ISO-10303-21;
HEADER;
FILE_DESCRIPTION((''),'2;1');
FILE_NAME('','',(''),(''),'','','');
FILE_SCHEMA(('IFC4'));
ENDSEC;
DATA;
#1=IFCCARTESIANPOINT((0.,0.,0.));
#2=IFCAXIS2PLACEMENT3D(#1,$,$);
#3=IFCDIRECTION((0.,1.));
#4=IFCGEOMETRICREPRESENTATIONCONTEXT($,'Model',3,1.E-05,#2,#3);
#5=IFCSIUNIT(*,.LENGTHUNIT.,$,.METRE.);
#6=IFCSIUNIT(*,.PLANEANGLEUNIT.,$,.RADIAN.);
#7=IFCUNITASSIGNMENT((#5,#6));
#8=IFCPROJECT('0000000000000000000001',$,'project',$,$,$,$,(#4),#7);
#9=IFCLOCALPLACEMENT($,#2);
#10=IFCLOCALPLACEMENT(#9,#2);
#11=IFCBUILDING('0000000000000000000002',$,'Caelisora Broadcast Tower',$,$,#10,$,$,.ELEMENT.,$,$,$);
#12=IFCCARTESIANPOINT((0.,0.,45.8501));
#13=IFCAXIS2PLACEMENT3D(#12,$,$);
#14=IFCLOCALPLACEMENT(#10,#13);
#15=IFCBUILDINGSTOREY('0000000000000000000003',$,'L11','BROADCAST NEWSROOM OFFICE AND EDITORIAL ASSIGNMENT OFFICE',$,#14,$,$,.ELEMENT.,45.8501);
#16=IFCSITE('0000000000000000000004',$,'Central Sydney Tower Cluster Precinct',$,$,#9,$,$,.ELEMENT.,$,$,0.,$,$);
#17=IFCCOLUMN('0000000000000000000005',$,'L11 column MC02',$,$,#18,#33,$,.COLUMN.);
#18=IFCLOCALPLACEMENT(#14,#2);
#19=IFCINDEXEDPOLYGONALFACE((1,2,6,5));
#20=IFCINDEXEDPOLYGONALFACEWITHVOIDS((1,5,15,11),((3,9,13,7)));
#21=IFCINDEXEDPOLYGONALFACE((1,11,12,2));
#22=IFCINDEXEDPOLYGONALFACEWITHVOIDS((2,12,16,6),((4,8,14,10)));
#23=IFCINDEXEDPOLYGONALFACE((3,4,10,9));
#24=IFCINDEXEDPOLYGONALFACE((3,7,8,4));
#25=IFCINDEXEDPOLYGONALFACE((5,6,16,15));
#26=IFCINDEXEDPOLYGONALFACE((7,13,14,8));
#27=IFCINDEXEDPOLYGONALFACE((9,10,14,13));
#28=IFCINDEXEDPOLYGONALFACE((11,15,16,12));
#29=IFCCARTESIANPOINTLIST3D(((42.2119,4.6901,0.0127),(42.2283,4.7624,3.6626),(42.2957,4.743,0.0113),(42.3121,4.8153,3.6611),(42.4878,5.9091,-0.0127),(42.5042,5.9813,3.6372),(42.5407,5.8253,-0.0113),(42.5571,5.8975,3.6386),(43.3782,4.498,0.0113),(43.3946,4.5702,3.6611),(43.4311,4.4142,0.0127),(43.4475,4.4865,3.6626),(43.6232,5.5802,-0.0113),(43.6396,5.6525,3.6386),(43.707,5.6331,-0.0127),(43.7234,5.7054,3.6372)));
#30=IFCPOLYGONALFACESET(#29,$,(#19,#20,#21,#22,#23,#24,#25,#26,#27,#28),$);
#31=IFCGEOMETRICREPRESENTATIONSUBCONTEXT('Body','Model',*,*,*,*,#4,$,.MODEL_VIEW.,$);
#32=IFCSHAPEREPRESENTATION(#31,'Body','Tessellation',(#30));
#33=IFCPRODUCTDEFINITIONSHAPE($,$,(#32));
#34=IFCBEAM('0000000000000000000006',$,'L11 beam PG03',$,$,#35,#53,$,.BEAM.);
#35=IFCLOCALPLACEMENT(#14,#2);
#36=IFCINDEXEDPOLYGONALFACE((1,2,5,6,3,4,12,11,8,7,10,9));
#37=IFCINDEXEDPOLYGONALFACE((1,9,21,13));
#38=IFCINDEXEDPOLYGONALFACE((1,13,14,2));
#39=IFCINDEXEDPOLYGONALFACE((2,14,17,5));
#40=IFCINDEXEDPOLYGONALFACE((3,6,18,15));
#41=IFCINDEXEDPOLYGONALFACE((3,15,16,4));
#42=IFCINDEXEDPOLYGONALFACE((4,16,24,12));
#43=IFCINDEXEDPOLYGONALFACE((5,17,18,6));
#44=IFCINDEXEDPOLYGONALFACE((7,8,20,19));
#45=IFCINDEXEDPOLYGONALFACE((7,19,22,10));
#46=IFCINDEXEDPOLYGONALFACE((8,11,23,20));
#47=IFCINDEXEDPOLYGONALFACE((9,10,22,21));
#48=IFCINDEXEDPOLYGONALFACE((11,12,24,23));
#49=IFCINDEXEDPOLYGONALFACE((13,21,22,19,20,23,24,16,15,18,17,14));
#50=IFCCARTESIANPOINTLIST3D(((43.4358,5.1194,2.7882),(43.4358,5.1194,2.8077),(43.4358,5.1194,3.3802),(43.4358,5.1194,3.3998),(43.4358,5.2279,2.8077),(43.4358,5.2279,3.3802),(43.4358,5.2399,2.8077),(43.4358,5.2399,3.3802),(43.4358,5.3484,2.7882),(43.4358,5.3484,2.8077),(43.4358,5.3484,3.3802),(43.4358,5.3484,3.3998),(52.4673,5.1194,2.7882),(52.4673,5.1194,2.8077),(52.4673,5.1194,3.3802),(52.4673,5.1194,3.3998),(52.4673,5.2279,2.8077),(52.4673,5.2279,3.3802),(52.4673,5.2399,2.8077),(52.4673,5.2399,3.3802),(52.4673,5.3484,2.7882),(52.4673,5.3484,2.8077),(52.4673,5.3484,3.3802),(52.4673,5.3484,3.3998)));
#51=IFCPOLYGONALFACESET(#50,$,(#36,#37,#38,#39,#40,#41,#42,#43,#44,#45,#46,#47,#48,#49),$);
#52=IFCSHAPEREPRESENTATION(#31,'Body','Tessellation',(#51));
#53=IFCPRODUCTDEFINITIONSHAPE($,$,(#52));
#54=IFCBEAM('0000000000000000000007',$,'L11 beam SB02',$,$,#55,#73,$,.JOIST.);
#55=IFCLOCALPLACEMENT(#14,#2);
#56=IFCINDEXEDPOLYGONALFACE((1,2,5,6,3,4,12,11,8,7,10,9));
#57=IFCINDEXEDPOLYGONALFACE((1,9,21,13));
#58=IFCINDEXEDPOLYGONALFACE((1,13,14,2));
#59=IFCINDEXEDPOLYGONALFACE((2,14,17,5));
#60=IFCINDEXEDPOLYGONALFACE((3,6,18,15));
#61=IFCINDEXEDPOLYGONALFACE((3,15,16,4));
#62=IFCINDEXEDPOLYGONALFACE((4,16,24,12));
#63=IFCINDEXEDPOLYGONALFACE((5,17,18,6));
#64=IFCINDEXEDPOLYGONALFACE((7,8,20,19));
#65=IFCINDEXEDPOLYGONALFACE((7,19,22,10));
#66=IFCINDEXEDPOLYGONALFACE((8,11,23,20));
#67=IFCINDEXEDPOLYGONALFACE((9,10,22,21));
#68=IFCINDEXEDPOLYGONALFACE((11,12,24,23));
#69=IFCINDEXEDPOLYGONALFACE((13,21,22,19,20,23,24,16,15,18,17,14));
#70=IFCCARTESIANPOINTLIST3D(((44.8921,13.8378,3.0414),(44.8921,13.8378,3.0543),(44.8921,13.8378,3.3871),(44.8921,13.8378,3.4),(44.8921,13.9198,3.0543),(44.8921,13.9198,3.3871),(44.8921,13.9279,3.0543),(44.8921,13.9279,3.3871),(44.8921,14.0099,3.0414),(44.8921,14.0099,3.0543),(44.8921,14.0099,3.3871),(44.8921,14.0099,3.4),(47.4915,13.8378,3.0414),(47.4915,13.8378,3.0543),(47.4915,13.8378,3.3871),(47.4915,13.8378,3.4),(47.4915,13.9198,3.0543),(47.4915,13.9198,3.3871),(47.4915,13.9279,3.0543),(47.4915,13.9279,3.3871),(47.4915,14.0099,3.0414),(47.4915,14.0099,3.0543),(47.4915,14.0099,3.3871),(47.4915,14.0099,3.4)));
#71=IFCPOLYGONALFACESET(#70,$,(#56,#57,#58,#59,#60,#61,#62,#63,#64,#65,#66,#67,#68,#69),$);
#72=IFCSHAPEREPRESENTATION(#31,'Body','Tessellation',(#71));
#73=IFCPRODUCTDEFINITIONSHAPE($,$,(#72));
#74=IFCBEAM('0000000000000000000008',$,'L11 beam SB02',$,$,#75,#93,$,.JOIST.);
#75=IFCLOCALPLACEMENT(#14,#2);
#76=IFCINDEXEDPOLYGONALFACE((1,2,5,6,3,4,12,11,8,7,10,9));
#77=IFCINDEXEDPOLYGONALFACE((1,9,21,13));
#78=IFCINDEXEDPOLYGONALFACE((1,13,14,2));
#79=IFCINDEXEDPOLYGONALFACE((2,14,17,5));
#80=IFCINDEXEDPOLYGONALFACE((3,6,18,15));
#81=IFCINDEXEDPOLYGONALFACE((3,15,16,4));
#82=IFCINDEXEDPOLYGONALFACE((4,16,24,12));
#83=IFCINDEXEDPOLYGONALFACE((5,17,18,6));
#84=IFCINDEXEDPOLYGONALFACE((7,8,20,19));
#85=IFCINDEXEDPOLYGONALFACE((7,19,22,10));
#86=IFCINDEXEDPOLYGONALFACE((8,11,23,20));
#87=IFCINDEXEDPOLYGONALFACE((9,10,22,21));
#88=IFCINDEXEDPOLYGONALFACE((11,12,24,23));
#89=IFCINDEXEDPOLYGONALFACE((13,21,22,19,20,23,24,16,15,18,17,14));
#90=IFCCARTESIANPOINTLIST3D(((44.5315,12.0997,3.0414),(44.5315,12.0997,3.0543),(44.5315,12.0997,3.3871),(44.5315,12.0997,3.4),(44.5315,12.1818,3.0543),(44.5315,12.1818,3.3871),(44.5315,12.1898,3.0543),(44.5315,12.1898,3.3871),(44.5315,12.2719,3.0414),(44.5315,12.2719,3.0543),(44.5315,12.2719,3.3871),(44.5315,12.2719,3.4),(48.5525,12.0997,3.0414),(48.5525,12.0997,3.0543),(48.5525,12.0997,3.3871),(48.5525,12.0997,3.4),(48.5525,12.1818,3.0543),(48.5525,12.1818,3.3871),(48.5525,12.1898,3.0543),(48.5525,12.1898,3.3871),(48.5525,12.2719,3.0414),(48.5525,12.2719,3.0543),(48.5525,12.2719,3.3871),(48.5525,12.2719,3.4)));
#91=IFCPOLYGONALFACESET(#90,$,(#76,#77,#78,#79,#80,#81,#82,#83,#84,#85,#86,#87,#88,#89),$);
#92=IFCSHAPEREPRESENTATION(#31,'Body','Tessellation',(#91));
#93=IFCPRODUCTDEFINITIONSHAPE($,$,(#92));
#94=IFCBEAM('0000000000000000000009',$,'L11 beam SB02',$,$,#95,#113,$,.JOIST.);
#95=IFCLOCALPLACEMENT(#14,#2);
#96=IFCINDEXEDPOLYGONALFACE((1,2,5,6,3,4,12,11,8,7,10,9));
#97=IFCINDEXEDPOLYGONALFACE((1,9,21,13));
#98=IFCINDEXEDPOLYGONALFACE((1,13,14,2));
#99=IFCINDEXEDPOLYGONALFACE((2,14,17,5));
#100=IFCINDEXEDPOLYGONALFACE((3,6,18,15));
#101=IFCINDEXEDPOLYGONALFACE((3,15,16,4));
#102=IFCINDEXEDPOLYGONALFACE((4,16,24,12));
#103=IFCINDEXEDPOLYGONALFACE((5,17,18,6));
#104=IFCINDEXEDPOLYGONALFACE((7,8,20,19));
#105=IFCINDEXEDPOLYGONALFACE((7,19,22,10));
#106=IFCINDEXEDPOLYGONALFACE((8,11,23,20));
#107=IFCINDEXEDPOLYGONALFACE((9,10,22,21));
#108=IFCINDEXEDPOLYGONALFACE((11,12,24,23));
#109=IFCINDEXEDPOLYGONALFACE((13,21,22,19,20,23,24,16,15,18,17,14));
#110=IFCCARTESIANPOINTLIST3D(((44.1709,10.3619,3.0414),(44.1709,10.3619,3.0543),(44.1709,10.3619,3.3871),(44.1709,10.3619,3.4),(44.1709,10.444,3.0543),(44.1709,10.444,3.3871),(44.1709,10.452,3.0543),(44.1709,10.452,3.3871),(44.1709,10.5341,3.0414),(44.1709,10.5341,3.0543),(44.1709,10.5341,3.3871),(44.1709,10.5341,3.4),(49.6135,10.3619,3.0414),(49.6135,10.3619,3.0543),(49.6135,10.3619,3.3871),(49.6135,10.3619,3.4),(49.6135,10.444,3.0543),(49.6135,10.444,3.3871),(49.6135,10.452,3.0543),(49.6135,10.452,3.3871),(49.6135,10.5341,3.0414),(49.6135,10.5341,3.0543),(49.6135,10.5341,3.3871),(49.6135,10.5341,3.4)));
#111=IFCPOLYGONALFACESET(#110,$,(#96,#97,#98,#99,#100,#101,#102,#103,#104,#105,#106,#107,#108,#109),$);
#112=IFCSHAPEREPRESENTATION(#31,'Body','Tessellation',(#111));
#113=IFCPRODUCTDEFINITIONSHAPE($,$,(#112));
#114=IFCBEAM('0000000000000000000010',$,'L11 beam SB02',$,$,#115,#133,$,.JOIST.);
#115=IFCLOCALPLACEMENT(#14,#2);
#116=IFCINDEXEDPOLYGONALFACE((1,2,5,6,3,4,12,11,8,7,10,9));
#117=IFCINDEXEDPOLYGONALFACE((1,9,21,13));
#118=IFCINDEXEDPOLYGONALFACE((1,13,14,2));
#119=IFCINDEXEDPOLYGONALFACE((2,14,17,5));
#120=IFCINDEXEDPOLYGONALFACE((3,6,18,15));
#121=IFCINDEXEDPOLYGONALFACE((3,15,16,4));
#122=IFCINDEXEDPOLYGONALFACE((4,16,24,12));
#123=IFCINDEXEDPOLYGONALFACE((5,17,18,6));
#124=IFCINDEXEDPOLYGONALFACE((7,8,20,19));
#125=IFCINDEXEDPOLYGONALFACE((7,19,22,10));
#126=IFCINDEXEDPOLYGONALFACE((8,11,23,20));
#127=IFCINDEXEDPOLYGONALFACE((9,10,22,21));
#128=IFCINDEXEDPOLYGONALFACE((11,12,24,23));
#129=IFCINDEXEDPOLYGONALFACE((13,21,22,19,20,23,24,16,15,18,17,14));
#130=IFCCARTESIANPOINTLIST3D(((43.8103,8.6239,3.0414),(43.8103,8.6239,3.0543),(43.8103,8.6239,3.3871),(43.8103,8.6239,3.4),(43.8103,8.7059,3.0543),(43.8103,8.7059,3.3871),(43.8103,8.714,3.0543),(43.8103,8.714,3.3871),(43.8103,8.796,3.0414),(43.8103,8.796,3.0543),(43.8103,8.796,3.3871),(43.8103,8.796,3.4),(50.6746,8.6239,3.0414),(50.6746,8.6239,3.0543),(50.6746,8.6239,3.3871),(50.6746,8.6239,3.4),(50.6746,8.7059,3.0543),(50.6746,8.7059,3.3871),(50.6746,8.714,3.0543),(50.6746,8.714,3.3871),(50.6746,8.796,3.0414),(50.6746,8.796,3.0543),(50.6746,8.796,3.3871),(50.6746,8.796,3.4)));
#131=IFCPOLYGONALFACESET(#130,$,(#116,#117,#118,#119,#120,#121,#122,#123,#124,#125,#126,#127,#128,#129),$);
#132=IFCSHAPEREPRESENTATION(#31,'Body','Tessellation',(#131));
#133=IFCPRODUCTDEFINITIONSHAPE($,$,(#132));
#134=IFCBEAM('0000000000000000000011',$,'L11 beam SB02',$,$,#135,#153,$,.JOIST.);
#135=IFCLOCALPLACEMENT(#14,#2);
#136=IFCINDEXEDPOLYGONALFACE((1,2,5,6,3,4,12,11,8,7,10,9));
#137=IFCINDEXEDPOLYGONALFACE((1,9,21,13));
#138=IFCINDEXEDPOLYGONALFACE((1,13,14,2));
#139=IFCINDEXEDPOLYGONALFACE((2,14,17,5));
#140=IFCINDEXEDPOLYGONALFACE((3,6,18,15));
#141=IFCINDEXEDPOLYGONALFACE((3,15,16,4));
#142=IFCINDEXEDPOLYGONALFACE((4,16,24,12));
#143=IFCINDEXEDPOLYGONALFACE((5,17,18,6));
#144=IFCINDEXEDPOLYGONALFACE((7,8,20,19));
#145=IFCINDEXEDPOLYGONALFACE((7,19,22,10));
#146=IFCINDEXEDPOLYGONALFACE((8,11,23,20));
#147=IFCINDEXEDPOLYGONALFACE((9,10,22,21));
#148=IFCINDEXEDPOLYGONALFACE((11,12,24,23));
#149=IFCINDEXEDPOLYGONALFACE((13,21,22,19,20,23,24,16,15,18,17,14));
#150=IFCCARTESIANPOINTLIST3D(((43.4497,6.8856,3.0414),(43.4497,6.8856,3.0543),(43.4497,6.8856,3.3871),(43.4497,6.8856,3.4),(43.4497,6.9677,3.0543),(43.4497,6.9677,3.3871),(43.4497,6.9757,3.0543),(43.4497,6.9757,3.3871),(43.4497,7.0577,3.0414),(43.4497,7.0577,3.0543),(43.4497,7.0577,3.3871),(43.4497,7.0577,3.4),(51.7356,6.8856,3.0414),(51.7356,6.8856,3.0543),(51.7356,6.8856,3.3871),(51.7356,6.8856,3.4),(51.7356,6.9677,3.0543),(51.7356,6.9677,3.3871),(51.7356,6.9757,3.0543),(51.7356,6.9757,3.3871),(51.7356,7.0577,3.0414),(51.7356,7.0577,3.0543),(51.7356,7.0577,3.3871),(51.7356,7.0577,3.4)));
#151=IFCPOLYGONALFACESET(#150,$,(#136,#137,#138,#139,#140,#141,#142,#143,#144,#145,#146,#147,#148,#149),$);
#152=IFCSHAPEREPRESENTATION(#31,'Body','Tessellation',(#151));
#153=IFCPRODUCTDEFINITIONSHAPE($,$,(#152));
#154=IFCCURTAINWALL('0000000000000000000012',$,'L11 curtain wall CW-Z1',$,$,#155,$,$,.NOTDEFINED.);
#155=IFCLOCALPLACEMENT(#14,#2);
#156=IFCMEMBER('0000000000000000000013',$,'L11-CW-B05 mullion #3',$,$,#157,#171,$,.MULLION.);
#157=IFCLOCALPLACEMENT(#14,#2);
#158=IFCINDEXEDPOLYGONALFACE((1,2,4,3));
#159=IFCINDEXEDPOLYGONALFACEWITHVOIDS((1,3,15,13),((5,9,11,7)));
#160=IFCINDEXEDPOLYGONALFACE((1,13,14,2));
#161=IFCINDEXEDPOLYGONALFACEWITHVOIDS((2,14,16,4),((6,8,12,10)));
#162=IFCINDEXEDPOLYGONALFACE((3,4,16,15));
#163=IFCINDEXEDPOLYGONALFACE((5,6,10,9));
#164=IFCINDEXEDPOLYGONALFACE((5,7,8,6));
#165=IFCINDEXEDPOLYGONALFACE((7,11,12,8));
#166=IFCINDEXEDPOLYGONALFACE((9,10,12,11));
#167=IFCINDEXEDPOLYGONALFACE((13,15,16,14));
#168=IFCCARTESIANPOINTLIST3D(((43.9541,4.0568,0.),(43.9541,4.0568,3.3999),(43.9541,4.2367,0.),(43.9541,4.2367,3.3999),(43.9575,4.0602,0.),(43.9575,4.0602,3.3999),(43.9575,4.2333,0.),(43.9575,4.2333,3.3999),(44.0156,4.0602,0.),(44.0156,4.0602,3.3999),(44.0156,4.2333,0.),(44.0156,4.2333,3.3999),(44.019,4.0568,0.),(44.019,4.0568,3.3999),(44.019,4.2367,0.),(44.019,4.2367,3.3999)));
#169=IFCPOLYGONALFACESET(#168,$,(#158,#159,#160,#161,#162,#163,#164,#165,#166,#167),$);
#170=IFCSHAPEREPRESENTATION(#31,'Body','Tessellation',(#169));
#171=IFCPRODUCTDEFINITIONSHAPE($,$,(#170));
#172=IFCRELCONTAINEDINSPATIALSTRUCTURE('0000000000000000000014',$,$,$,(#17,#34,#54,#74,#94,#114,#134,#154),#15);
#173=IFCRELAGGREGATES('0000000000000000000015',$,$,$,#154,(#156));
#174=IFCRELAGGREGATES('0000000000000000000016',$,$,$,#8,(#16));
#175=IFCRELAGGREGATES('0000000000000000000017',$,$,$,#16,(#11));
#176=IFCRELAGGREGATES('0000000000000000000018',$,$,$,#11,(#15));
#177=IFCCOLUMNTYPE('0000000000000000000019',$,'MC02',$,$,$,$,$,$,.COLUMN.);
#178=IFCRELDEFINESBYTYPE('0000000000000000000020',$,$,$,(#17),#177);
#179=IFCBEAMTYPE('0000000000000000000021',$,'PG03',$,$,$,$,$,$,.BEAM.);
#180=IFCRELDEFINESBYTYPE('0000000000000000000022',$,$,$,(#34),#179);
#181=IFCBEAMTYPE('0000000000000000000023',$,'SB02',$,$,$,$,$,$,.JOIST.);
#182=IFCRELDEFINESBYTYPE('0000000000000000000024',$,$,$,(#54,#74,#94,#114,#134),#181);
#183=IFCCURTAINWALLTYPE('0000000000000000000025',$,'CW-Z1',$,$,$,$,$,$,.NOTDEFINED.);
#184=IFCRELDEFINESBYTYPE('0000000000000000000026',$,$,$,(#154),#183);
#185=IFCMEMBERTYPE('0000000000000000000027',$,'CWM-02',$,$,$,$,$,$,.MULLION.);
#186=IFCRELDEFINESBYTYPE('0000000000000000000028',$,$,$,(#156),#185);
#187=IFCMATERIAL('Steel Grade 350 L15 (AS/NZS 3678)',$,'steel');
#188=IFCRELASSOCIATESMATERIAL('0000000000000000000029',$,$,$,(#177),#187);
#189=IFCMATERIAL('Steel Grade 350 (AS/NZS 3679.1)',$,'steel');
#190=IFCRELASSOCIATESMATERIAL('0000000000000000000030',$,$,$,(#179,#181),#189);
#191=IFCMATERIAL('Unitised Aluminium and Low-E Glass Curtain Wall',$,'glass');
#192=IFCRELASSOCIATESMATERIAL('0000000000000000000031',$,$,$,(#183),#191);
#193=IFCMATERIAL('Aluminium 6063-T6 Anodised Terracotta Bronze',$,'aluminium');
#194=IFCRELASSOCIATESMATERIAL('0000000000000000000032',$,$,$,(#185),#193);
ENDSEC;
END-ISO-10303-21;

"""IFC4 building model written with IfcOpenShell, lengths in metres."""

from ifc_helpers import new_model, si_unit, direction, frame, origin, origin_2d, place, context, subcontext, project, spatial, hollow_rectangle, i_section, extrude, source, transform, mapped, material, material_profile, profile_set, type_object, type_shapes, element, aggregate, save


model = new_model("IFC4")

# Units and contexts
model_context = context("Model", 3, precision=1e-05, world=origin(), true_north=direction((0.0, 1.0)))
body_context = subcontext(model_context, "Body", "Model", "MODEL_VIEW")
ifc_project = project(units=[si_unit("LENGTHUNIT", "METRE"), si_unit("PLANEANGLEUNIT", "RADIAN")], contexts=[model_context])

# Site, building, storey
site_placement = place(None, origin())
site = spatial("IfcSite", under=ifc_project, at=site_placement, Name="Central Sydney Tower Cluster Precinct", CompositionType="ELEMENT", RefElevation=0.0)
building_placement = place(site_placement, origin())
building = spatial("IfcBuilding", under=site, at=building_placement, Name="Caelisora Broadcast Tower", CompositionType="ELEMENT")
storey_placement = place(building_placement, frame((0.0, 0.0, 45.8501)))
storey = spatial("IfcBuildingStorey", under=building, at=storey_placement, Name="L11", Description="BROADCAST NEWSROOM OFFICE AND EDITORIAL ASSIGNMENT OFFICE", CompositionType="ELEMENT", Elevation=45.8501)

# Column
ifc_material_1 = material(Name="Steel Grade 350 L15 (AS/NZS 3678)", Category="steel")
ifc_material_profile_1 = material_profile(ifc_material_1, hollow_rectangle(XDim=1.25, YDim=1.25, WallThickness=0.0701, at=origin_2d()), Name="Steel Grade 350 L15 (AS/NZS 3678)")
ifc_profile_set_1 = profile_set([ifc_material_profile_1], Name="Steel Grade 350 L15 (AS/NZS 3678)")
column_type = type_object("IfcColumnType", Name="MC02", PredefinedType="COLUMN", material=ifc_profile_set_1)
shared_shape_1 = source(origin(), body_context, "Body", "SweptSolid", [
    extrude(hollow_rectangle(XDim=1.25, YDim=1.25, WallThickness=0.0701, at=origin_2d()), origin(), (0.0, 0.0, 1.0), 3.6506),
])
type_shapes(column_type, [shared_shape_1])
column_placement = place(storey_placement, frame((42.9595, 5.1616, 0.0), z_axis=(0.004481, 0.019795, 0.999794), x_axis=(-0.975327, 0.220767, 0.0)))
element("IfcColumn", 1, at=column_placement, inside=storey, type_object=column_type, Name="L11 column MC02", PredefinedType="COLUMN", context=body_context, shape_type="MappedRepresentation", body=[
    mapped(shared_shape_1, transform((0.0, 0.0, 0.0), scale=1.0)),
])

# Beams
ifc_material_2 = material(Name="Steel Grade 350 (AS/NZS 3679.1)", Category="steel")
ifc_material_profile_2 = material_profile(ifc_material_2, i_section(OverallWidth=0.229, OverallDepth=0.6116, WebThickness=0.012, FlangeThickness=0.0195, at=origin_2d()), Name="Steel Grade 350 (AS/NZS 3679.1)")
ifc_profile_set_2 = profile_set([ifc_material_profile_2], Name="Steel Grade 350 (AS/NZS 3679.1)")
beam_type_1 = type_object("IfcBeamType", Name="PG03", PredefinedType="BEAM", material=ifc_profile_set_2)
shared_shape_2 = source(origin(), body_context, "Body", "SweptSolid", [
    extrude(i_section(OverallWidth=0.229, OverallDepth=0.6116, WebThickness=0.012, FlangeThickness=0.0195, at=origin_2d()), origin(), (0.0, 0.0, 1.0), 9.0315),
])
type_shapes(beam_type_1, [shared_shape_2])
beam_1_placement = place(storey_placement, frame((43.4358, 5.2339, 3.094), z_axis=(1.0, 0.0, 0.0), x_axis=(0.0, 1.0, 0.0)))
element("IfcBeam", 2, at=beam_1_placement, inside=storey, type_object=beam_type_1, Name="L11 beam PG03", PredefinedType="BEAM", context=body_context, shape_type="MappedRepresentation", body=[
    mapped(shared_shape_2, transform((0.0, 0.0, 0.0), scale=1.0)),
])
ifc_material_profile_3 = material_profile(ifc_material_2, i_section(OverallWidth=0.1721, OverallDepth=0.3586, WebThickness=0.0081, FlangeThickness=0.0129, at=origin_2d()), Name="Steel Grade 350 (AS/NZS 3679.1)")
ifc_profile_set_3 = profile_set([ifc_material_profile_3], Name="Steel Grade 350 (AS/NZS 3679.1)")
beam_type_2 = type_object("IfcBeamType", Name="SB02", PredefinedType="JOIST", material=ifc_profile_set_3)
shared_shape_3 = source(origin(), body_context, "Body", "SweptSolid", [
    extrude(i_section(OverallWidth=0.1721, OverallDepth=0.3586, WebThickness=0.0081, FlangeThickness=0.0129, at=origin_2d()), origin(), (0.0, 0.0, 1.0), 2.5994),
])
beam_2_placement = place(storey_placement, frame((44.8921, 13.9238, 3.2207), z_axis=(1.0, 0.0, 0.0), x_axis=(0.0, 1.0, 0.0)))
element("IfcBeam", 3, at=beam_2_placement, inside=storey, type_object=beam_type_2, Name="L11 beam SB02", PredefinedType="JOIST", context=body_context, shape_type="MappedRepresentation", body=[
    mapped(shared_shape_3, transform((0.0, 0.0, 0.0), scale=1.0)),
])
shared_shape_4 = source(origin(), body_context, "Body", "SweptSolid", [
    extrude(i_section(OverallWidth=0.1721, OverallDepth=0.3586, WebThickness=0.0081, FlangeThickness=0.0129, at=origin_2d()), origin(), (0.0, 0.0, 1.0), 4.021),
])
beam_3_placement = place(storey_placement, frame((44.5315, 12.1858, 3.2207), z_axis=(1.0, 0.0, 0.0), x_axis=(0.0, 1.0, 0.0)))
element("IfcBeam", 4, at=beam_3_placement, inside=storey, type_object=beam_type_2, Name="L11 beam SB02", PredefinedType="JOIST", context=body_context, shape_type="MappedRepresentation", body=[
    mapped(shared_shape_4, transform((0.0, 0.0, 0.0), scale=1.0)),
])
shared_shape_5 = source(origin(), body_context, "Body", "SweptSolid", [
    extrude(i_section(OverallWidth=0.1721, OverallDepth=0.3586, WebThickness=0.0081, FlangeThickness=0.0129, at=origin_2d()), origin(), (0.0, 0.0, 1.0), 5.4426),
])
beam_4_placement = place(storey_placement, frame((44.1709, 10.448, 3.2207), z_axis=(1.0, 0.0, 0.0), x_axis=(0.0, 1.0, 0.0)))
element("IfcBeam", 5, at=beam_4_placement, inside=storey, type_object=beam_type_2, Name="L11 beam SB02", PredefinedType="JOIST", context=body_context, shape_type="MappedRepresentation", body=[
    mapped(shared_shape_5, transform((0.0, 0.0, 0.0), scale=1.0)),
])
shared_shape_6 = source(origin(), body_context, "Body", "SweptSolid", [
    extrude(i_section(OverallWidth=0.1721, OverallDepth=0.3586, WebThickness=0.0081, FlangeThickness=0.0129, at=origin_2d()), origin(), (0.0, 0.0, 1.0), 6.8643),
])
beam_5_placement = place(storey_placement, frame((43.8103, 8.71, 3.2207), z_axis=(1.0, 0.0, 0.0), x_axis=(0.0, 1.0, 0.0)))
element("IfcBeam", 6, at=beam_5_placement, inside=storey, type_object=beam_type_2, Name="L11 beam SB02", PredefinedType="JOIST", context=body_context, shape_type="MappedRepresentation", body=[
    mapped(shared_shape_6, transform((0.0, 0.0, 0.0), scale=1.0)),
])
shared_shape_7 = source(origin(), body_context, "Body", "SweptSolid", [
    extrude(i_section(OverallWidth=0.1721, OverallDepth=0.3586, WebThickness=0.0081, FlangeThickness=0.0129, at=origin_2d()), origin(), (0.0, 0.0, 1.0), 8.2859),
])
type_shapes(beam_type_2, [shared_shape_3, shared_shape_4, shared_shape_5, shared_shape_6, shared_shape_7])
beam_6_placement = place(storey_placement, frame((43.4497, 6.9717, 3.2207), z_axis=(1.0, 0.0, 0.0), x_axis=(0.0, 1.0, 0.0)))
element("IfcBeam", 7, at=beam_6_placement, inside=storey, type_object=beam_type_2, Name="L11 beam SB02", PredefinedType="JOIST", context=body_context, shape_type="MappedRepresentation", body=[
    mapped(shared_shape_7, transform((0.0, 0.0, 0.0), scale=1.0)),
])

# Curtain wall, member
ifc_material_3 = material(Name="Unitised Aluminium and Low-E Glass Curtain Wall", Category="glass")
curtain_wall_type_1 = type_object("IfcCurtainWallType", Name="CW-Z1", PredefinedType="NOTDEFINED", material=ifc_material_3)
curtain_wall_1_placement = place(storey_placement, origin())
curtain_wall_1 = element("IfcCurtainWall", 8, at=curtain_wall_1_placement, inside=storey, type_object=curtain_wall_type_1, Name="L11 curtain wall CW-Z1", PredefinedType="NOTDEFINED")
ifc_material_4 = material(Name="Aluminium 6063-T6 Anodised Terracotta Bronze", Category="aluminium")
ifc_material_profile_4 = material_profile(ifc_material_4, hollow_rectangle(XDim=0.0649, YDim=0.1799, WallThickness=0.0034, at=origin_2d()), Name="Aluminium 6063-T6 Anodised Terracotta Bronze")
ifc_profile_set_4 = profile_set([ifc_material_profile_4], Name="Aluminium 6063-T6 Anodised Terracotta Bronze")
member_type_1 = type_object("IfcMemberType", Name="CWM-02", PredefinedType="MULLION", material=ifc_profile_set_4)
shared_shape_8 = source(origin(), body_context, "Body", "SweptSolid", [
    extrude(hollow_rectangle(XDim=0.0649, YDim=0.1799, WallThickness=0.0034, at=origin_2d()), origin(), (0.0, 0.0, 1.0), 3.3999),
])
type_shapes(member_type_1, [shared_shape_8])
member_1_placement = place(storey_placement, frame((43.9866, 4.1467, 0.0), z_axis=(0.0, 0.0, 1.0), x_axis=(1.0, 0.0, 0.0)))
member_1 = element("IfcMember", 9, at=member_1_placement, type_object=member_type_1, Name="L11-CW-B05 mullion #3", PredefinedType="MULLION", context=body_context, shape_type="MappedRepresentation", body=[
    mapped(shared_shape_8, transform((0.0, 0.0, 0.0), scale=1.0)),
])
aggregate(curtain_wall_1, [member_1])

save(model, "model.ifc")
